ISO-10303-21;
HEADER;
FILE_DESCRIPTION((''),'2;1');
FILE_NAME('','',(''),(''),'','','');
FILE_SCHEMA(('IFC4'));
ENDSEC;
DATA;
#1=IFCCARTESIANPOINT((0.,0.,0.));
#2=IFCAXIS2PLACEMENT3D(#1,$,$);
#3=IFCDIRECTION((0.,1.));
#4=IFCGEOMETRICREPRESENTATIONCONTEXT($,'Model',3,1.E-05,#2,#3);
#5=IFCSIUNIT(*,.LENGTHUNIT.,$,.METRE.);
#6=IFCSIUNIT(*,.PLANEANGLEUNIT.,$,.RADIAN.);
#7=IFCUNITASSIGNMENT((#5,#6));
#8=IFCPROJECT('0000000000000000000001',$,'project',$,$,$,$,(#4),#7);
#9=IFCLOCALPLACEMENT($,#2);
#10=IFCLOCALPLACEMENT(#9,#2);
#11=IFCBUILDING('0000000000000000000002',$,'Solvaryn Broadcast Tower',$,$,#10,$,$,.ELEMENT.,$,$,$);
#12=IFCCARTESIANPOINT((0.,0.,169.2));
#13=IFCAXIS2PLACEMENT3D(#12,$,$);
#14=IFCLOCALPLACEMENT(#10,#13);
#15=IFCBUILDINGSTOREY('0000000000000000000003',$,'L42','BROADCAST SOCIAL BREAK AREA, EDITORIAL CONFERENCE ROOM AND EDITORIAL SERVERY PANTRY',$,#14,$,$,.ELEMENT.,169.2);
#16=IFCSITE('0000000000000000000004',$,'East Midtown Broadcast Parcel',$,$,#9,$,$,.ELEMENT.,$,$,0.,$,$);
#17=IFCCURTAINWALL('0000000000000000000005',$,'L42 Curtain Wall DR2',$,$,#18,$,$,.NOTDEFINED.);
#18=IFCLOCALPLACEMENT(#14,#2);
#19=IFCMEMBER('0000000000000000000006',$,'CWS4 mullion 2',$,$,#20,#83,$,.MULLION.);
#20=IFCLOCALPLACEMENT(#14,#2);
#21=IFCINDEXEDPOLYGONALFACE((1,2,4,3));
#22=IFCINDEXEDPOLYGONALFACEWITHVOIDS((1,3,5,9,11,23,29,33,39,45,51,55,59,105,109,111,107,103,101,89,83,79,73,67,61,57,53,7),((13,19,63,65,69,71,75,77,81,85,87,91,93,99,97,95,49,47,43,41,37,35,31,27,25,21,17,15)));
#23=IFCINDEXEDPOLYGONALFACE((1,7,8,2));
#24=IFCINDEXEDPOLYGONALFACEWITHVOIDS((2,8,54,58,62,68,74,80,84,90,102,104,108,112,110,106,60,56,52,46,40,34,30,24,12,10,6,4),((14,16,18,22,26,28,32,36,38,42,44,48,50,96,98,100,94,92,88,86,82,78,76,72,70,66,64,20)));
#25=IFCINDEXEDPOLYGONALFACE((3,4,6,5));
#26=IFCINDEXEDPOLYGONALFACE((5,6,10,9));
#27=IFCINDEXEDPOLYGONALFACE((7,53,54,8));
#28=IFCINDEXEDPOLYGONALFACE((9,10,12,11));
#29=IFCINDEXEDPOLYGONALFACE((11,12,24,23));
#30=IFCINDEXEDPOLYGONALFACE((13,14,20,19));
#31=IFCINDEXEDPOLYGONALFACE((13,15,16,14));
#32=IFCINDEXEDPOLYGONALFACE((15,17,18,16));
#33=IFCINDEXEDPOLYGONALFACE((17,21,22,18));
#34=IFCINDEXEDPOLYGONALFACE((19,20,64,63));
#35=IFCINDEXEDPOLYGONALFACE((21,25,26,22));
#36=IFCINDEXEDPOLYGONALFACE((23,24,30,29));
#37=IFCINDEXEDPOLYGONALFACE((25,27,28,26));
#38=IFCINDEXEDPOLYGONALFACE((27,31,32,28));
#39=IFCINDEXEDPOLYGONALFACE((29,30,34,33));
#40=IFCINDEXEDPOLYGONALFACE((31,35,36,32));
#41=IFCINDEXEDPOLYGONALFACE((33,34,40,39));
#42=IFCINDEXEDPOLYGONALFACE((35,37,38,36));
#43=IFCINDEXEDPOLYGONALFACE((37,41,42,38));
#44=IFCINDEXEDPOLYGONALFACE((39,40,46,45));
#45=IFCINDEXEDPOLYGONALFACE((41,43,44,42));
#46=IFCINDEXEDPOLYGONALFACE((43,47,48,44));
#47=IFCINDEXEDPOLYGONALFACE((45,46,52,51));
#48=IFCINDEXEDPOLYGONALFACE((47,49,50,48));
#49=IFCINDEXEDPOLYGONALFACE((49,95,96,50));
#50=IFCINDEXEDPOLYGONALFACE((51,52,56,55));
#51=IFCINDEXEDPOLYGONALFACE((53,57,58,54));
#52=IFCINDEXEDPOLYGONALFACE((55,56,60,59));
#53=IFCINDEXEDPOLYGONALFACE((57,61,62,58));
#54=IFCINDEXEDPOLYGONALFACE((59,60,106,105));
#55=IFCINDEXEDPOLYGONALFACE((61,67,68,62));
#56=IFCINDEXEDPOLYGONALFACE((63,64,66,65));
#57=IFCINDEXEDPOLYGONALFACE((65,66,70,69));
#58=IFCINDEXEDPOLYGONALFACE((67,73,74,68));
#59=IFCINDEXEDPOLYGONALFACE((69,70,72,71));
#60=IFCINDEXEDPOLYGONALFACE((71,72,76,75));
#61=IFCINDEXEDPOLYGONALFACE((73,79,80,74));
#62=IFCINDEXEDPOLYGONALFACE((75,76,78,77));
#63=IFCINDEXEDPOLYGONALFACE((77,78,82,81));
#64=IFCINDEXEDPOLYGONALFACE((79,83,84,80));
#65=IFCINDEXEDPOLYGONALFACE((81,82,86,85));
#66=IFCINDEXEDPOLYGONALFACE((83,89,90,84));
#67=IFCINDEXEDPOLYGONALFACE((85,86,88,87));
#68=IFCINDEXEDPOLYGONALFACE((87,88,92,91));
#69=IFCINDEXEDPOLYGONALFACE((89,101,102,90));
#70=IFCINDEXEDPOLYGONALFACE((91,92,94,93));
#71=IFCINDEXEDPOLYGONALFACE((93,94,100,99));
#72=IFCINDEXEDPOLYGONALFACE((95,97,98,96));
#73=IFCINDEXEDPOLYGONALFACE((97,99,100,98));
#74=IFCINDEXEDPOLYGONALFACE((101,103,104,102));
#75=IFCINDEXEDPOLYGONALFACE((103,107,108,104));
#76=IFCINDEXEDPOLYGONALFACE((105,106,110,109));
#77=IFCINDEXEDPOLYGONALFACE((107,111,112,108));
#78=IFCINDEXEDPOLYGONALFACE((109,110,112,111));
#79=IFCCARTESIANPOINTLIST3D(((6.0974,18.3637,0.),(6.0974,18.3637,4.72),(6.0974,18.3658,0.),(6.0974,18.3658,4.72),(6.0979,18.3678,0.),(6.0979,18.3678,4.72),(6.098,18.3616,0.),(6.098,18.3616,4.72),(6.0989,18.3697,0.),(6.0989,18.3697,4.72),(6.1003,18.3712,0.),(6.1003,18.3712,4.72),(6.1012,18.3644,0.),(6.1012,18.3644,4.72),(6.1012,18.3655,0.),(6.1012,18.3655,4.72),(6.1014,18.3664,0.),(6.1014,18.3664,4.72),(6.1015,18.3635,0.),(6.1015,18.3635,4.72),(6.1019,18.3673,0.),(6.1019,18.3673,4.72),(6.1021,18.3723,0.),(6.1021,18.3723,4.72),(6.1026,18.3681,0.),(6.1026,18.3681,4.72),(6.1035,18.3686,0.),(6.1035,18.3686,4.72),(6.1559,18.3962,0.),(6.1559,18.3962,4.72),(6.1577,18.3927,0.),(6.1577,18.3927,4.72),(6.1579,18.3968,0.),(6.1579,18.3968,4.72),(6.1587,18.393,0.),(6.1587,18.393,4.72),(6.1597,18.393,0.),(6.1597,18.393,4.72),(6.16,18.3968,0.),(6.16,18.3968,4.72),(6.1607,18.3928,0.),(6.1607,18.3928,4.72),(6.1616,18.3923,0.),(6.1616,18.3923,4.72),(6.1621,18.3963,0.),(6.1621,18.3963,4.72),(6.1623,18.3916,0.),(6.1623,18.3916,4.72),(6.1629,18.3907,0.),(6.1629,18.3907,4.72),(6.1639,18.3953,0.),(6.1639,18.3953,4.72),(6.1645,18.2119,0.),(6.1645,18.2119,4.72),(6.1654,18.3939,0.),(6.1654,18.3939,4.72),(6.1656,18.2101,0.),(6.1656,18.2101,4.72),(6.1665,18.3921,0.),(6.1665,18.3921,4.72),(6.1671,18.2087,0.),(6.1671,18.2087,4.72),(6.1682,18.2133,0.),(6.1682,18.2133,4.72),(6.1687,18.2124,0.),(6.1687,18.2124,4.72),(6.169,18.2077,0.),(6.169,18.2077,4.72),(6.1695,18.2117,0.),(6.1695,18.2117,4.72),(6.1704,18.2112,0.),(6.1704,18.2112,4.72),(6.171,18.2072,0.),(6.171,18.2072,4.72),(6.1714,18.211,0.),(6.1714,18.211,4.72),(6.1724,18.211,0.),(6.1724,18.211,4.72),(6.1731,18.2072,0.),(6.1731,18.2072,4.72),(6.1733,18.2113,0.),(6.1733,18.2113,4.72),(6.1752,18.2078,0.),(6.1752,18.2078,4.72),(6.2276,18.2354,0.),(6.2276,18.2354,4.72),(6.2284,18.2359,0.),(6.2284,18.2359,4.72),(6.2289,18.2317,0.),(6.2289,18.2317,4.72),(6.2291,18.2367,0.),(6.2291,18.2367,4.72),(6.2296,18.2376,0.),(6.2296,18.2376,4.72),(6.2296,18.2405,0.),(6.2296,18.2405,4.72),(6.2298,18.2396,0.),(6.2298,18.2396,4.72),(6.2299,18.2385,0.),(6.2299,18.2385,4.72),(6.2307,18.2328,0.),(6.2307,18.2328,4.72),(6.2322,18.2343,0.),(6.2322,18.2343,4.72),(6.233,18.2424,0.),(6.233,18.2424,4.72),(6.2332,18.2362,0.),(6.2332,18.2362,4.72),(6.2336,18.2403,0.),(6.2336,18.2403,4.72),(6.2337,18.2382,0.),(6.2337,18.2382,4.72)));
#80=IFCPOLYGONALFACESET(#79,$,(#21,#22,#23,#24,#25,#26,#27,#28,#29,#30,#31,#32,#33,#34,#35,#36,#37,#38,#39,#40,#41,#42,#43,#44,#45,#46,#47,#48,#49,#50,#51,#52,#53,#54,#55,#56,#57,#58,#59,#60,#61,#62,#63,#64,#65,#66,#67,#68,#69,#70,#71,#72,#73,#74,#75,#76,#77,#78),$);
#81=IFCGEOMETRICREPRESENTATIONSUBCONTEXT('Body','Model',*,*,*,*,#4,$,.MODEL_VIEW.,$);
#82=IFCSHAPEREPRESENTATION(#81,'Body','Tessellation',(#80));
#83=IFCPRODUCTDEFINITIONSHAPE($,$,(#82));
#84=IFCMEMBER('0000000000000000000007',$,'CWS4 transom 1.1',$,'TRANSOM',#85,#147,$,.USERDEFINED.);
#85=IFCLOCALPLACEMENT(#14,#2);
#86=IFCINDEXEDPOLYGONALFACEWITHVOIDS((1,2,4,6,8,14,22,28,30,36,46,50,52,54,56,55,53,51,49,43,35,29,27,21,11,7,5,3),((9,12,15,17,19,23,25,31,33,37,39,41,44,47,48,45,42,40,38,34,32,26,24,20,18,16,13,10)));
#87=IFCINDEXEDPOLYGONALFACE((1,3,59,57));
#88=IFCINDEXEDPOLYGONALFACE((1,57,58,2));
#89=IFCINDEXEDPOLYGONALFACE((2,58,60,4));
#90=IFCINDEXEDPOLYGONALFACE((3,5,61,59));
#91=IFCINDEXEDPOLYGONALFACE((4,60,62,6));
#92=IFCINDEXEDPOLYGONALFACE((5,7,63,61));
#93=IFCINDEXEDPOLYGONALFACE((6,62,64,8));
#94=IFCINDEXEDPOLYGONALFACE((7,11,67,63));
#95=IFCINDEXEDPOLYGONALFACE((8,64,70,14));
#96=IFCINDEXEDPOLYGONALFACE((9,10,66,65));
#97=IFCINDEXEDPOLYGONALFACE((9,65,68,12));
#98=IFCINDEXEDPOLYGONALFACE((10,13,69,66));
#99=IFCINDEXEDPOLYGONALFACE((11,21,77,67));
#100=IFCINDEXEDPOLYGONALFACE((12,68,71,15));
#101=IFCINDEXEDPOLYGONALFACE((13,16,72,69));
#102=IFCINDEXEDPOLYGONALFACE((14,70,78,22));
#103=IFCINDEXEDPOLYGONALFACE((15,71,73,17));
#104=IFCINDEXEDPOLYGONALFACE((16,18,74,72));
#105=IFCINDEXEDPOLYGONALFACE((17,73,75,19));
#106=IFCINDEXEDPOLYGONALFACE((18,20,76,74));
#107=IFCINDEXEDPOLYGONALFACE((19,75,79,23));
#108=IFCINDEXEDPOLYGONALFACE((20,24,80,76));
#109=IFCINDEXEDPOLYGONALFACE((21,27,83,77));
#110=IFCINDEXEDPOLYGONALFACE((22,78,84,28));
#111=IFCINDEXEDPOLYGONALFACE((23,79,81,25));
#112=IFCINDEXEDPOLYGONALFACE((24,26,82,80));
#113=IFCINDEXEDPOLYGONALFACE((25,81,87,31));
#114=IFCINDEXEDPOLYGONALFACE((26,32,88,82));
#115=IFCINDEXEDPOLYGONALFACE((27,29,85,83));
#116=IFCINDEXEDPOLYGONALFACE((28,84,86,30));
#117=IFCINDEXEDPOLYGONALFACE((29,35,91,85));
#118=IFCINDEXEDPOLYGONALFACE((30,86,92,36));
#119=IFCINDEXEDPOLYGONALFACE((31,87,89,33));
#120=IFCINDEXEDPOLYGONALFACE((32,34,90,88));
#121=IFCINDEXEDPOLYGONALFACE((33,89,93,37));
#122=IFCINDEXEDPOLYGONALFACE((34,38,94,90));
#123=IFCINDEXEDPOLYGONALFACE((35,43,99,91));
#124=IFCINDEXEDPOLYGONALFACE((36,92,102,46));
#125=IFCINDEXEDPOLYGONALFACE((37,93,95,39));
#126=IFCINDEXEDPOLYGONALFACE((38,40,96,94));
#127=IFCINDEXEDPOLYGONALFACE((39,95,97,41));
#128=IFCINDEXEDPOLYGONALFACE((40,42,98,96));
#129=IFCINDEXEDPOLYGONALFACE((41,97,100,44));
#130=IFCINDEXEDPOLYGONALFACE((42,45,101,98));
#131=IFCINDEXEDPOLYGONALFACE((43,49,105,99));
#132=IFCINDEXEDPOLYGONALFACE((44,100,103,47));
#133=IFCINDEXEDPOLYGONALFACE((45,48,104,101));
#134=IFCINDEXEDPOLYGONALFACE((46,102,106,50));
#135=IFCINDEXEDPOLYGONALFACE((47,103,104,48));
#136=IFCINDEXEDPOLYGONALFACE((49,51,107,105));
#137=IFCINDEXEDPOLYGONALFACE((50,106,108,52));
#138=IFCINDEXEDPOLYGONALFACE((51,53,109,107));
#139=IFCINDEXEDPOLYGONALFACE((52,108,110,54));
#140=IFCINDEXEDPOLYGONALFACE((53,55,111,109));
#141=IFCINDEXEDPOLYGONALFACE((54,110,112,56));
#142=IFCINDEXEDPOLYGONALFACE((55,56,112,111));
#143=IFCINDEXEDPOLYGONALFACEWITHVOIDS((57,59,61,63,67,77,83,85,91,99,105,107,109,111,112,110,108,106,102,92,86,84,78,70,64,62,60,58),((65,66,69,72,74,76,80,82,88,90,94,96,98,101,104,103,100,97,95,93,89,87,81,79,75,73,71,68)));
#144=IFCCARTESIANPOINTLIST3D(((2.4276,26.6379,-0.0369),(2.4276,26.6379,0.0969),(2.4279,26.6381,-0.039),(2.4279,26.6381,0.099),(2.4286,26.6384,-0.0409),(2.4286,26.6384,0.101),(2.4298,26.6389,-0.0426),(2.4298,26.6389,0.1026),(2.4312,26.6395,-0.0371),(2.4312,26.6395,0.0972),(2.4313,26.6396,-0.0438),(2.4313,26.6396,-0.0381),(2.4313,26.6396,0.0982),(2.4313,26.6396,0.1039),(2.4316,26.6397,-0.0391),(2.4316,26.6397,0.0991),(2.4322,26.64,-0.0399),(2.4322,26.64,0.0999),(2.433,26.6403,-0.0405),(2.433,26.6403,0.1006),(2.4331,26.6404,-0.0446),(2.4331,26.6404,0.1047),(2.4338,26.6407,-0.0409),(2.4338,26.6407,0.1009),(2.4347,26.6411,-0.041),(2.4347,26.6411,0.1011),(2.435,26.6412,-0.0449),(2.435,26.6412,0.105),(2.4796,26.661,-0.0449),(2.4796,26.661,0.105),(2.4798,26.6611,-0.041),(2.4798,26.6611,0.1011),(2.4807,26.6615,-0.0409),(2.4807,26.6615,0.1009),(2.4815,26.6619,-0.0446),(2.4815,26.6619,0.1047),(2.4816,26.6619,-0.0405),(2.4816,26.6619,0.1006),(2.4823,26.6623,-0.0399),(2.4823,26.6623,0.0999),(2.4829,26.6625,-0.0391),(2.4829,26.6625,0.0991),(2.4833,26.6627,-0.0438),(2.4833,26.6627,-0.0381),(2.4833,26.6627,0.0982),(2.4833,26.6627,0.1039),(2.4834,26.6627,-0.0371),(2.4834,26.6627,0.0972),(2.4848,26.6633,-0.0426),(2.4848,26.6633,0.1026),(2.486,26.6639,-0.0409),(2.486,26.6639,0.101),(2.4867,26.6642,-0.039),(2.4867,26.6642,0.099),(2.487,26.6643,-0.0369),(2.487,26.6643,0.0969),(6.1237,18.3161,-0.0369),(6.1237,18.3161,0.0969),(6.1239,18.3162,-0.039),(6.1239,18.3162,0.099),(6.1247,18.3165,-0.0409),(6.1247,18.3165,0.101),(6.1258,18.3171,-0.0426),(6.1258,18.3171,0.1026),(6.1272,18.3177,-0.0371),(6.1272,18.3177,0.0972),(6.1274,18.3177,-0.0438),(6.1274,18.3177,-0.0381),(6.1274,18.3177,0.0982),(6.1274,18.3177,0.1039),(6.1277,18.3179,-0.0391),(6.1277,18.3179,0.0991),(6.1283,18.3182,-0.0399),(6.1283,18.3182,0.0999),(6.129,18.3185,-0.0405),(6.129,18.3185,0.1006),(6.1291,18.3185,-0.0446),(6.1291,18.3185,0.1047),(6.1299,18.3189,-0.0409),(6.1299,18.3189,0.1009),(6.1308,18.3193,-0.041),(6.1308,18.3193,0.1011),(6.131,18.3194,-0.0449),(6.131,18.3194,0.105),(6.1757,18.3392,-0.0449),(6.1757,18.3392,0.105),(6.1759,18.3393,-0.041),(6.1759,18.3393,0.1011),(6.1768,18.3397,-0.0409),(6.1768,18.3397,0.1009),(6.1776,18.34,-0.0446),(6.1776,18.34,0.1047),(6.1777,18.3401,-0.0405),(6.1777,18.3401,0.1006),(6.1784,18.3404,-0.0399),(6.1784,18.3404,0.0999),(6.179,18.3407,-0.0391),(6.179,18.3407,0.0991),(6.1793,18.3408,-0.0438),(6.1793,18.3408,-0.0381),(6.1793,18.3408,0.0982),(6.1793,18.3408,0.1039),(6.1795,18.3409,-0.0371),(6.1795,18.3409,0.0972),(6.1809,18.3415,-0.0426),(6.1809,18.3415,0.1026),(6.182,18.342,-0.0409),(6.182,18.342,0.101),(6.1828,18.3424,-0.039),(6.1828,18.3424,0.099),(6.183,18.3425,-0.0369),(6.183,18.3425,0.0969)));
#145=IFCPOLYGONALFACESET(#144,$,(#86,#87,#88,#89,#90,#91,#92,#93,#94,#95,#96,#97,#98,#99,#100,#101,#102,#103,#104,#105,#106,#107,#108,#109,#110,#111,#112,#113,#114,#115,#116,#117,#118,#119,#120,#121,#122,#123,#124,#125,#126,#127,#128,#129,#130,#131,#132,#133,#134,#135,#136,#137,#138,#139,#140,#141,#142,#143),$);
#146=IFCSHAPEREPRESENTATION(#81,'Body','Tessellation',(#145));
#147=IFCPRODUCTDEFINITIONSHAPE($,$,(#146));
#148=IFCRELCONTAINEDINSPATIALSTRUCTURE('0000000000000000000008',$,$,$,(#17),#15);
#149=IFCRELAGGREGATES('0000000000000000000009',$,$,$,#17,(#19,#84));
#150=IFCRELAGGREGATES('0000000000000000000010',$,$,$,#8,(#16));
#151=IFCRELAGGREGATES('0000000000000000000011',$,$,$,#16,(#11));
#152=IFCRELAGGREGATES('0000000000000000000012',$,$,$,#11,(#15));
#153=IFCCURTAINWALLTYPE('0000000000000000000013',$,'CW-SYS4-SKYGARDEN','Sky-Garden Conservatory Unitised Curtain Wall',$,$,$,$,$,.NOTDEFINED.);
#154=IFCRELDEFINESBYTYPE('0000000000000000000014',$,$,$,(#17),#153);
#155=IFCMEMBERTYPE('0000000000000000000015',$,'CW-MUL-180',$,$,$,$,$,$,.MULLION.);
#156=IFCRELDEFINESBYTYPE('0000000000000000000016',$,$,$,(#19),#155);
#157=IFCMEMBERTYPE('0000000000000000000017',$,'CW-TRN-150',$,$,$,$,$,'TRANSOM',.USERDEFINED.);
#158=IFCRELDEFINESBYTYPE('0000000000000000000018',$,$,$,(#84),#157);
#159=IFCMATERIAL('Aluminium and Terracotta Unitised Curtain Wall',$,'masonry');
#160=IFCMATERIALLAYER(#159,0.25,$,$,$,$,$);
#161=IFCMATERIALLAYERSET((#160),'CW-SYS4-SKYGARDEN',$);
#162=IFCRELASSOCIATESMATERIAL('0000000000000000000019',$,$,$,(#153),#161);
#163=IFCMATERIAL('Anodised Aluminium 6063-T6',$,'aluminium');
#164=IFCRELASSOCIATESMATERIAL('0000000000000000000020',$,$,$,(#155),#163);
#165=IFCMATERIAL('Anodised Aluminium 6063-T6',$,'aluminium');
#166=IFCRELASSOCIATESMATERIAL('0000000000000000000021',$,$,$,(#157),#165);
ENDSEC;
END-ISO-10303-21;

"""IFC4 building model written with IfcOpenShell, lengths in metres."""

from ifc_helpers import new_model, si_unit, direction, frame, origin, origin_2d, place, context, subcontext, project, spatial, hollow_rectangle, extrude, material, layer, layer_set, material_profile, profile_set, type_object, element, aggregate, save


model = new_model("IFC4")

# Units and contexts
model_context = context("Model", 3, precision=1e-05, world=origin(), true_north=direction((0.0, 1.0)))
body_context = subcontext(model_context, "Body", "Model", "MODEL_VIEW")
ifc_project = project(units=[si_unit("LENGTHUNIT", "METRE"), si_unit("PLANEANGLEUNIT", "RADIAN")], contexts=[model_context])

# Site, building, storey
site_placement = place(None, origin())
site = spatial("IfcSite", under=ifc_project, at=site_placement, Name="East Midtown Broadcast Parcel", CompositionType="ELEMENT", RefElevation=0.0)
building_placement = place(site_placement, origin())
building = spatial("IfcBuilding", under=site, at=building_placement, Name="Solvaryn Broadcast Tower", CompositionType="ELEMENT")
storey_placement = place(building_placement, frame((0.0, 0.0, 169.2)))
storey = spatial("IfcBuildingStorey", under=building, at=storey_placement, Name="L42", Description="BROADCAST SOCIAL BREAK AREA, EDITORIAL CONFERENCE ROOM AND EDITORIAL SERVERY PANTRY", CompositionType="ELEMENT", Elevation=169.2)

# Shared definitions
ifc_material_1 = material(Name="Aluminium and Terracotta Unitised Curtain Wall", Category="masonry")
ifc_layer_1 = layer(ifc_material_1, 0.25)
ifc_layer_set_1 = layer_set([ifc_layer_1], Name="CW-SYS4-SKYGARDEN")
curtain_wall_type = type_object("IfcCurtainWallType", Name="CW-SYS4-SKYGARDEN", Description="Sky-Garden Conservatory Unitised Curtain Wall", PredefinedType="NOTDEFINED", material=ifc_layer_set_1)
ifc_material_2 = material(Name="Anodised Aluminium 6063-T6", Category="aluminium")
ifc_material_profile_1 = material_profile(ifc_material_2, hollow_rectangle(XDim=0.075, YDim=0.1799, WallThickness=0.0039, InnerFilletRadius=0.0039, OuterFilletRadius=0.0081, at=origin_2d()))
ifc_profile_set_1 = profile_set([ifc_material_profile_1], Name="Anodised Aluminium 6063-T6")
member_type_1 = type_object("IfcMemberType", Name="CW-MUL-180", PredefinedType="MULLION", material=ifc_profile_set_1)

# Curtain wall, members
curtain_wall_1_placement = place(storey_placement, origin())
curtain_wall_1 = element("IfcCurtainWall", 1, at=curtain_wall_1_placement, inside=storey, type_object=curtain_wall_type, Name="L42 Curtain Wall DR2", PredefinedType="NOTDEFINED")
member_1_placement = place(storey_placement, frame((6.1655, 18.302, 0.0), z_axis=(0.0, 0.0, 1.0), x_axis=(0.913917, 0.405901, 0.0)))
member_1 = element("IfcMember", 2, at=member_1_placement, type_object=member_type_1, Name="CWS4 mullion 2", PredefinedType="MULLION", context=body_context, shape_type="SweptSolid", body=[
    extrude(hollow_rectangle(XDim=0.075, YDim=0.1799, WallThickness=0.0039, InnerFilletRadius=0.0039, OuterFilletRadius=0.0081, at=origin_2d()), origin(), (0.0, 0.0, 1.0), 4.72),
])
ifc_material_3 = material(Name="Anodised Aluminium 6063-T6", Category="aluminium")
ifc_material_profile_2 = material_profile(ifc_material_3, hollow_rectangle(XDim=0.0649, YDim=0.1499, WallThickness=0.0039, InnerFilletRadius=0.0039, OuterFilletRadius=0.0081, at=origin_2d()))
ifc_profile_set_2 = profile_set([ifc_material_profile_2], Name="Anodised Aluminium 6063-T6")
member_type_2 = type_object("IfcMemberType", Name="CW-TRN-150", ElementType="TRANSOM", PredefinedType="USERDEFINED", material=ifc_profile_set_2)
member_2_placement = place(storey_placement, frame((2.4573, 26.6511, 0.03), z_axis=(0.405907, -0.913914, 0.0), x_axis=(0.913914, 0.405907, 0.0)))
member_2 = element("IfcMember", 3, at=member_2_placement, type_object=member_type_2, Name="CWS4 transom 1.1", ObjectType="TRANSOM", PredefinedType="USERDEFINED", context=body_context, shape_type="SweptSolid", body=[
    extrude(hollow_rectangle(XDim=0.0649, YDim=0.1499, WallThickness=0.0039, InnerFilletRadius=0.0039, OuterFilletRadius=0.0081, at=origin_2d()), origin(), (0.0, 0.0, 1.0), 9.1057),
])
aggregate(curtain_wall_1, [member_1, member_2])

save(model, "model.ifc")
